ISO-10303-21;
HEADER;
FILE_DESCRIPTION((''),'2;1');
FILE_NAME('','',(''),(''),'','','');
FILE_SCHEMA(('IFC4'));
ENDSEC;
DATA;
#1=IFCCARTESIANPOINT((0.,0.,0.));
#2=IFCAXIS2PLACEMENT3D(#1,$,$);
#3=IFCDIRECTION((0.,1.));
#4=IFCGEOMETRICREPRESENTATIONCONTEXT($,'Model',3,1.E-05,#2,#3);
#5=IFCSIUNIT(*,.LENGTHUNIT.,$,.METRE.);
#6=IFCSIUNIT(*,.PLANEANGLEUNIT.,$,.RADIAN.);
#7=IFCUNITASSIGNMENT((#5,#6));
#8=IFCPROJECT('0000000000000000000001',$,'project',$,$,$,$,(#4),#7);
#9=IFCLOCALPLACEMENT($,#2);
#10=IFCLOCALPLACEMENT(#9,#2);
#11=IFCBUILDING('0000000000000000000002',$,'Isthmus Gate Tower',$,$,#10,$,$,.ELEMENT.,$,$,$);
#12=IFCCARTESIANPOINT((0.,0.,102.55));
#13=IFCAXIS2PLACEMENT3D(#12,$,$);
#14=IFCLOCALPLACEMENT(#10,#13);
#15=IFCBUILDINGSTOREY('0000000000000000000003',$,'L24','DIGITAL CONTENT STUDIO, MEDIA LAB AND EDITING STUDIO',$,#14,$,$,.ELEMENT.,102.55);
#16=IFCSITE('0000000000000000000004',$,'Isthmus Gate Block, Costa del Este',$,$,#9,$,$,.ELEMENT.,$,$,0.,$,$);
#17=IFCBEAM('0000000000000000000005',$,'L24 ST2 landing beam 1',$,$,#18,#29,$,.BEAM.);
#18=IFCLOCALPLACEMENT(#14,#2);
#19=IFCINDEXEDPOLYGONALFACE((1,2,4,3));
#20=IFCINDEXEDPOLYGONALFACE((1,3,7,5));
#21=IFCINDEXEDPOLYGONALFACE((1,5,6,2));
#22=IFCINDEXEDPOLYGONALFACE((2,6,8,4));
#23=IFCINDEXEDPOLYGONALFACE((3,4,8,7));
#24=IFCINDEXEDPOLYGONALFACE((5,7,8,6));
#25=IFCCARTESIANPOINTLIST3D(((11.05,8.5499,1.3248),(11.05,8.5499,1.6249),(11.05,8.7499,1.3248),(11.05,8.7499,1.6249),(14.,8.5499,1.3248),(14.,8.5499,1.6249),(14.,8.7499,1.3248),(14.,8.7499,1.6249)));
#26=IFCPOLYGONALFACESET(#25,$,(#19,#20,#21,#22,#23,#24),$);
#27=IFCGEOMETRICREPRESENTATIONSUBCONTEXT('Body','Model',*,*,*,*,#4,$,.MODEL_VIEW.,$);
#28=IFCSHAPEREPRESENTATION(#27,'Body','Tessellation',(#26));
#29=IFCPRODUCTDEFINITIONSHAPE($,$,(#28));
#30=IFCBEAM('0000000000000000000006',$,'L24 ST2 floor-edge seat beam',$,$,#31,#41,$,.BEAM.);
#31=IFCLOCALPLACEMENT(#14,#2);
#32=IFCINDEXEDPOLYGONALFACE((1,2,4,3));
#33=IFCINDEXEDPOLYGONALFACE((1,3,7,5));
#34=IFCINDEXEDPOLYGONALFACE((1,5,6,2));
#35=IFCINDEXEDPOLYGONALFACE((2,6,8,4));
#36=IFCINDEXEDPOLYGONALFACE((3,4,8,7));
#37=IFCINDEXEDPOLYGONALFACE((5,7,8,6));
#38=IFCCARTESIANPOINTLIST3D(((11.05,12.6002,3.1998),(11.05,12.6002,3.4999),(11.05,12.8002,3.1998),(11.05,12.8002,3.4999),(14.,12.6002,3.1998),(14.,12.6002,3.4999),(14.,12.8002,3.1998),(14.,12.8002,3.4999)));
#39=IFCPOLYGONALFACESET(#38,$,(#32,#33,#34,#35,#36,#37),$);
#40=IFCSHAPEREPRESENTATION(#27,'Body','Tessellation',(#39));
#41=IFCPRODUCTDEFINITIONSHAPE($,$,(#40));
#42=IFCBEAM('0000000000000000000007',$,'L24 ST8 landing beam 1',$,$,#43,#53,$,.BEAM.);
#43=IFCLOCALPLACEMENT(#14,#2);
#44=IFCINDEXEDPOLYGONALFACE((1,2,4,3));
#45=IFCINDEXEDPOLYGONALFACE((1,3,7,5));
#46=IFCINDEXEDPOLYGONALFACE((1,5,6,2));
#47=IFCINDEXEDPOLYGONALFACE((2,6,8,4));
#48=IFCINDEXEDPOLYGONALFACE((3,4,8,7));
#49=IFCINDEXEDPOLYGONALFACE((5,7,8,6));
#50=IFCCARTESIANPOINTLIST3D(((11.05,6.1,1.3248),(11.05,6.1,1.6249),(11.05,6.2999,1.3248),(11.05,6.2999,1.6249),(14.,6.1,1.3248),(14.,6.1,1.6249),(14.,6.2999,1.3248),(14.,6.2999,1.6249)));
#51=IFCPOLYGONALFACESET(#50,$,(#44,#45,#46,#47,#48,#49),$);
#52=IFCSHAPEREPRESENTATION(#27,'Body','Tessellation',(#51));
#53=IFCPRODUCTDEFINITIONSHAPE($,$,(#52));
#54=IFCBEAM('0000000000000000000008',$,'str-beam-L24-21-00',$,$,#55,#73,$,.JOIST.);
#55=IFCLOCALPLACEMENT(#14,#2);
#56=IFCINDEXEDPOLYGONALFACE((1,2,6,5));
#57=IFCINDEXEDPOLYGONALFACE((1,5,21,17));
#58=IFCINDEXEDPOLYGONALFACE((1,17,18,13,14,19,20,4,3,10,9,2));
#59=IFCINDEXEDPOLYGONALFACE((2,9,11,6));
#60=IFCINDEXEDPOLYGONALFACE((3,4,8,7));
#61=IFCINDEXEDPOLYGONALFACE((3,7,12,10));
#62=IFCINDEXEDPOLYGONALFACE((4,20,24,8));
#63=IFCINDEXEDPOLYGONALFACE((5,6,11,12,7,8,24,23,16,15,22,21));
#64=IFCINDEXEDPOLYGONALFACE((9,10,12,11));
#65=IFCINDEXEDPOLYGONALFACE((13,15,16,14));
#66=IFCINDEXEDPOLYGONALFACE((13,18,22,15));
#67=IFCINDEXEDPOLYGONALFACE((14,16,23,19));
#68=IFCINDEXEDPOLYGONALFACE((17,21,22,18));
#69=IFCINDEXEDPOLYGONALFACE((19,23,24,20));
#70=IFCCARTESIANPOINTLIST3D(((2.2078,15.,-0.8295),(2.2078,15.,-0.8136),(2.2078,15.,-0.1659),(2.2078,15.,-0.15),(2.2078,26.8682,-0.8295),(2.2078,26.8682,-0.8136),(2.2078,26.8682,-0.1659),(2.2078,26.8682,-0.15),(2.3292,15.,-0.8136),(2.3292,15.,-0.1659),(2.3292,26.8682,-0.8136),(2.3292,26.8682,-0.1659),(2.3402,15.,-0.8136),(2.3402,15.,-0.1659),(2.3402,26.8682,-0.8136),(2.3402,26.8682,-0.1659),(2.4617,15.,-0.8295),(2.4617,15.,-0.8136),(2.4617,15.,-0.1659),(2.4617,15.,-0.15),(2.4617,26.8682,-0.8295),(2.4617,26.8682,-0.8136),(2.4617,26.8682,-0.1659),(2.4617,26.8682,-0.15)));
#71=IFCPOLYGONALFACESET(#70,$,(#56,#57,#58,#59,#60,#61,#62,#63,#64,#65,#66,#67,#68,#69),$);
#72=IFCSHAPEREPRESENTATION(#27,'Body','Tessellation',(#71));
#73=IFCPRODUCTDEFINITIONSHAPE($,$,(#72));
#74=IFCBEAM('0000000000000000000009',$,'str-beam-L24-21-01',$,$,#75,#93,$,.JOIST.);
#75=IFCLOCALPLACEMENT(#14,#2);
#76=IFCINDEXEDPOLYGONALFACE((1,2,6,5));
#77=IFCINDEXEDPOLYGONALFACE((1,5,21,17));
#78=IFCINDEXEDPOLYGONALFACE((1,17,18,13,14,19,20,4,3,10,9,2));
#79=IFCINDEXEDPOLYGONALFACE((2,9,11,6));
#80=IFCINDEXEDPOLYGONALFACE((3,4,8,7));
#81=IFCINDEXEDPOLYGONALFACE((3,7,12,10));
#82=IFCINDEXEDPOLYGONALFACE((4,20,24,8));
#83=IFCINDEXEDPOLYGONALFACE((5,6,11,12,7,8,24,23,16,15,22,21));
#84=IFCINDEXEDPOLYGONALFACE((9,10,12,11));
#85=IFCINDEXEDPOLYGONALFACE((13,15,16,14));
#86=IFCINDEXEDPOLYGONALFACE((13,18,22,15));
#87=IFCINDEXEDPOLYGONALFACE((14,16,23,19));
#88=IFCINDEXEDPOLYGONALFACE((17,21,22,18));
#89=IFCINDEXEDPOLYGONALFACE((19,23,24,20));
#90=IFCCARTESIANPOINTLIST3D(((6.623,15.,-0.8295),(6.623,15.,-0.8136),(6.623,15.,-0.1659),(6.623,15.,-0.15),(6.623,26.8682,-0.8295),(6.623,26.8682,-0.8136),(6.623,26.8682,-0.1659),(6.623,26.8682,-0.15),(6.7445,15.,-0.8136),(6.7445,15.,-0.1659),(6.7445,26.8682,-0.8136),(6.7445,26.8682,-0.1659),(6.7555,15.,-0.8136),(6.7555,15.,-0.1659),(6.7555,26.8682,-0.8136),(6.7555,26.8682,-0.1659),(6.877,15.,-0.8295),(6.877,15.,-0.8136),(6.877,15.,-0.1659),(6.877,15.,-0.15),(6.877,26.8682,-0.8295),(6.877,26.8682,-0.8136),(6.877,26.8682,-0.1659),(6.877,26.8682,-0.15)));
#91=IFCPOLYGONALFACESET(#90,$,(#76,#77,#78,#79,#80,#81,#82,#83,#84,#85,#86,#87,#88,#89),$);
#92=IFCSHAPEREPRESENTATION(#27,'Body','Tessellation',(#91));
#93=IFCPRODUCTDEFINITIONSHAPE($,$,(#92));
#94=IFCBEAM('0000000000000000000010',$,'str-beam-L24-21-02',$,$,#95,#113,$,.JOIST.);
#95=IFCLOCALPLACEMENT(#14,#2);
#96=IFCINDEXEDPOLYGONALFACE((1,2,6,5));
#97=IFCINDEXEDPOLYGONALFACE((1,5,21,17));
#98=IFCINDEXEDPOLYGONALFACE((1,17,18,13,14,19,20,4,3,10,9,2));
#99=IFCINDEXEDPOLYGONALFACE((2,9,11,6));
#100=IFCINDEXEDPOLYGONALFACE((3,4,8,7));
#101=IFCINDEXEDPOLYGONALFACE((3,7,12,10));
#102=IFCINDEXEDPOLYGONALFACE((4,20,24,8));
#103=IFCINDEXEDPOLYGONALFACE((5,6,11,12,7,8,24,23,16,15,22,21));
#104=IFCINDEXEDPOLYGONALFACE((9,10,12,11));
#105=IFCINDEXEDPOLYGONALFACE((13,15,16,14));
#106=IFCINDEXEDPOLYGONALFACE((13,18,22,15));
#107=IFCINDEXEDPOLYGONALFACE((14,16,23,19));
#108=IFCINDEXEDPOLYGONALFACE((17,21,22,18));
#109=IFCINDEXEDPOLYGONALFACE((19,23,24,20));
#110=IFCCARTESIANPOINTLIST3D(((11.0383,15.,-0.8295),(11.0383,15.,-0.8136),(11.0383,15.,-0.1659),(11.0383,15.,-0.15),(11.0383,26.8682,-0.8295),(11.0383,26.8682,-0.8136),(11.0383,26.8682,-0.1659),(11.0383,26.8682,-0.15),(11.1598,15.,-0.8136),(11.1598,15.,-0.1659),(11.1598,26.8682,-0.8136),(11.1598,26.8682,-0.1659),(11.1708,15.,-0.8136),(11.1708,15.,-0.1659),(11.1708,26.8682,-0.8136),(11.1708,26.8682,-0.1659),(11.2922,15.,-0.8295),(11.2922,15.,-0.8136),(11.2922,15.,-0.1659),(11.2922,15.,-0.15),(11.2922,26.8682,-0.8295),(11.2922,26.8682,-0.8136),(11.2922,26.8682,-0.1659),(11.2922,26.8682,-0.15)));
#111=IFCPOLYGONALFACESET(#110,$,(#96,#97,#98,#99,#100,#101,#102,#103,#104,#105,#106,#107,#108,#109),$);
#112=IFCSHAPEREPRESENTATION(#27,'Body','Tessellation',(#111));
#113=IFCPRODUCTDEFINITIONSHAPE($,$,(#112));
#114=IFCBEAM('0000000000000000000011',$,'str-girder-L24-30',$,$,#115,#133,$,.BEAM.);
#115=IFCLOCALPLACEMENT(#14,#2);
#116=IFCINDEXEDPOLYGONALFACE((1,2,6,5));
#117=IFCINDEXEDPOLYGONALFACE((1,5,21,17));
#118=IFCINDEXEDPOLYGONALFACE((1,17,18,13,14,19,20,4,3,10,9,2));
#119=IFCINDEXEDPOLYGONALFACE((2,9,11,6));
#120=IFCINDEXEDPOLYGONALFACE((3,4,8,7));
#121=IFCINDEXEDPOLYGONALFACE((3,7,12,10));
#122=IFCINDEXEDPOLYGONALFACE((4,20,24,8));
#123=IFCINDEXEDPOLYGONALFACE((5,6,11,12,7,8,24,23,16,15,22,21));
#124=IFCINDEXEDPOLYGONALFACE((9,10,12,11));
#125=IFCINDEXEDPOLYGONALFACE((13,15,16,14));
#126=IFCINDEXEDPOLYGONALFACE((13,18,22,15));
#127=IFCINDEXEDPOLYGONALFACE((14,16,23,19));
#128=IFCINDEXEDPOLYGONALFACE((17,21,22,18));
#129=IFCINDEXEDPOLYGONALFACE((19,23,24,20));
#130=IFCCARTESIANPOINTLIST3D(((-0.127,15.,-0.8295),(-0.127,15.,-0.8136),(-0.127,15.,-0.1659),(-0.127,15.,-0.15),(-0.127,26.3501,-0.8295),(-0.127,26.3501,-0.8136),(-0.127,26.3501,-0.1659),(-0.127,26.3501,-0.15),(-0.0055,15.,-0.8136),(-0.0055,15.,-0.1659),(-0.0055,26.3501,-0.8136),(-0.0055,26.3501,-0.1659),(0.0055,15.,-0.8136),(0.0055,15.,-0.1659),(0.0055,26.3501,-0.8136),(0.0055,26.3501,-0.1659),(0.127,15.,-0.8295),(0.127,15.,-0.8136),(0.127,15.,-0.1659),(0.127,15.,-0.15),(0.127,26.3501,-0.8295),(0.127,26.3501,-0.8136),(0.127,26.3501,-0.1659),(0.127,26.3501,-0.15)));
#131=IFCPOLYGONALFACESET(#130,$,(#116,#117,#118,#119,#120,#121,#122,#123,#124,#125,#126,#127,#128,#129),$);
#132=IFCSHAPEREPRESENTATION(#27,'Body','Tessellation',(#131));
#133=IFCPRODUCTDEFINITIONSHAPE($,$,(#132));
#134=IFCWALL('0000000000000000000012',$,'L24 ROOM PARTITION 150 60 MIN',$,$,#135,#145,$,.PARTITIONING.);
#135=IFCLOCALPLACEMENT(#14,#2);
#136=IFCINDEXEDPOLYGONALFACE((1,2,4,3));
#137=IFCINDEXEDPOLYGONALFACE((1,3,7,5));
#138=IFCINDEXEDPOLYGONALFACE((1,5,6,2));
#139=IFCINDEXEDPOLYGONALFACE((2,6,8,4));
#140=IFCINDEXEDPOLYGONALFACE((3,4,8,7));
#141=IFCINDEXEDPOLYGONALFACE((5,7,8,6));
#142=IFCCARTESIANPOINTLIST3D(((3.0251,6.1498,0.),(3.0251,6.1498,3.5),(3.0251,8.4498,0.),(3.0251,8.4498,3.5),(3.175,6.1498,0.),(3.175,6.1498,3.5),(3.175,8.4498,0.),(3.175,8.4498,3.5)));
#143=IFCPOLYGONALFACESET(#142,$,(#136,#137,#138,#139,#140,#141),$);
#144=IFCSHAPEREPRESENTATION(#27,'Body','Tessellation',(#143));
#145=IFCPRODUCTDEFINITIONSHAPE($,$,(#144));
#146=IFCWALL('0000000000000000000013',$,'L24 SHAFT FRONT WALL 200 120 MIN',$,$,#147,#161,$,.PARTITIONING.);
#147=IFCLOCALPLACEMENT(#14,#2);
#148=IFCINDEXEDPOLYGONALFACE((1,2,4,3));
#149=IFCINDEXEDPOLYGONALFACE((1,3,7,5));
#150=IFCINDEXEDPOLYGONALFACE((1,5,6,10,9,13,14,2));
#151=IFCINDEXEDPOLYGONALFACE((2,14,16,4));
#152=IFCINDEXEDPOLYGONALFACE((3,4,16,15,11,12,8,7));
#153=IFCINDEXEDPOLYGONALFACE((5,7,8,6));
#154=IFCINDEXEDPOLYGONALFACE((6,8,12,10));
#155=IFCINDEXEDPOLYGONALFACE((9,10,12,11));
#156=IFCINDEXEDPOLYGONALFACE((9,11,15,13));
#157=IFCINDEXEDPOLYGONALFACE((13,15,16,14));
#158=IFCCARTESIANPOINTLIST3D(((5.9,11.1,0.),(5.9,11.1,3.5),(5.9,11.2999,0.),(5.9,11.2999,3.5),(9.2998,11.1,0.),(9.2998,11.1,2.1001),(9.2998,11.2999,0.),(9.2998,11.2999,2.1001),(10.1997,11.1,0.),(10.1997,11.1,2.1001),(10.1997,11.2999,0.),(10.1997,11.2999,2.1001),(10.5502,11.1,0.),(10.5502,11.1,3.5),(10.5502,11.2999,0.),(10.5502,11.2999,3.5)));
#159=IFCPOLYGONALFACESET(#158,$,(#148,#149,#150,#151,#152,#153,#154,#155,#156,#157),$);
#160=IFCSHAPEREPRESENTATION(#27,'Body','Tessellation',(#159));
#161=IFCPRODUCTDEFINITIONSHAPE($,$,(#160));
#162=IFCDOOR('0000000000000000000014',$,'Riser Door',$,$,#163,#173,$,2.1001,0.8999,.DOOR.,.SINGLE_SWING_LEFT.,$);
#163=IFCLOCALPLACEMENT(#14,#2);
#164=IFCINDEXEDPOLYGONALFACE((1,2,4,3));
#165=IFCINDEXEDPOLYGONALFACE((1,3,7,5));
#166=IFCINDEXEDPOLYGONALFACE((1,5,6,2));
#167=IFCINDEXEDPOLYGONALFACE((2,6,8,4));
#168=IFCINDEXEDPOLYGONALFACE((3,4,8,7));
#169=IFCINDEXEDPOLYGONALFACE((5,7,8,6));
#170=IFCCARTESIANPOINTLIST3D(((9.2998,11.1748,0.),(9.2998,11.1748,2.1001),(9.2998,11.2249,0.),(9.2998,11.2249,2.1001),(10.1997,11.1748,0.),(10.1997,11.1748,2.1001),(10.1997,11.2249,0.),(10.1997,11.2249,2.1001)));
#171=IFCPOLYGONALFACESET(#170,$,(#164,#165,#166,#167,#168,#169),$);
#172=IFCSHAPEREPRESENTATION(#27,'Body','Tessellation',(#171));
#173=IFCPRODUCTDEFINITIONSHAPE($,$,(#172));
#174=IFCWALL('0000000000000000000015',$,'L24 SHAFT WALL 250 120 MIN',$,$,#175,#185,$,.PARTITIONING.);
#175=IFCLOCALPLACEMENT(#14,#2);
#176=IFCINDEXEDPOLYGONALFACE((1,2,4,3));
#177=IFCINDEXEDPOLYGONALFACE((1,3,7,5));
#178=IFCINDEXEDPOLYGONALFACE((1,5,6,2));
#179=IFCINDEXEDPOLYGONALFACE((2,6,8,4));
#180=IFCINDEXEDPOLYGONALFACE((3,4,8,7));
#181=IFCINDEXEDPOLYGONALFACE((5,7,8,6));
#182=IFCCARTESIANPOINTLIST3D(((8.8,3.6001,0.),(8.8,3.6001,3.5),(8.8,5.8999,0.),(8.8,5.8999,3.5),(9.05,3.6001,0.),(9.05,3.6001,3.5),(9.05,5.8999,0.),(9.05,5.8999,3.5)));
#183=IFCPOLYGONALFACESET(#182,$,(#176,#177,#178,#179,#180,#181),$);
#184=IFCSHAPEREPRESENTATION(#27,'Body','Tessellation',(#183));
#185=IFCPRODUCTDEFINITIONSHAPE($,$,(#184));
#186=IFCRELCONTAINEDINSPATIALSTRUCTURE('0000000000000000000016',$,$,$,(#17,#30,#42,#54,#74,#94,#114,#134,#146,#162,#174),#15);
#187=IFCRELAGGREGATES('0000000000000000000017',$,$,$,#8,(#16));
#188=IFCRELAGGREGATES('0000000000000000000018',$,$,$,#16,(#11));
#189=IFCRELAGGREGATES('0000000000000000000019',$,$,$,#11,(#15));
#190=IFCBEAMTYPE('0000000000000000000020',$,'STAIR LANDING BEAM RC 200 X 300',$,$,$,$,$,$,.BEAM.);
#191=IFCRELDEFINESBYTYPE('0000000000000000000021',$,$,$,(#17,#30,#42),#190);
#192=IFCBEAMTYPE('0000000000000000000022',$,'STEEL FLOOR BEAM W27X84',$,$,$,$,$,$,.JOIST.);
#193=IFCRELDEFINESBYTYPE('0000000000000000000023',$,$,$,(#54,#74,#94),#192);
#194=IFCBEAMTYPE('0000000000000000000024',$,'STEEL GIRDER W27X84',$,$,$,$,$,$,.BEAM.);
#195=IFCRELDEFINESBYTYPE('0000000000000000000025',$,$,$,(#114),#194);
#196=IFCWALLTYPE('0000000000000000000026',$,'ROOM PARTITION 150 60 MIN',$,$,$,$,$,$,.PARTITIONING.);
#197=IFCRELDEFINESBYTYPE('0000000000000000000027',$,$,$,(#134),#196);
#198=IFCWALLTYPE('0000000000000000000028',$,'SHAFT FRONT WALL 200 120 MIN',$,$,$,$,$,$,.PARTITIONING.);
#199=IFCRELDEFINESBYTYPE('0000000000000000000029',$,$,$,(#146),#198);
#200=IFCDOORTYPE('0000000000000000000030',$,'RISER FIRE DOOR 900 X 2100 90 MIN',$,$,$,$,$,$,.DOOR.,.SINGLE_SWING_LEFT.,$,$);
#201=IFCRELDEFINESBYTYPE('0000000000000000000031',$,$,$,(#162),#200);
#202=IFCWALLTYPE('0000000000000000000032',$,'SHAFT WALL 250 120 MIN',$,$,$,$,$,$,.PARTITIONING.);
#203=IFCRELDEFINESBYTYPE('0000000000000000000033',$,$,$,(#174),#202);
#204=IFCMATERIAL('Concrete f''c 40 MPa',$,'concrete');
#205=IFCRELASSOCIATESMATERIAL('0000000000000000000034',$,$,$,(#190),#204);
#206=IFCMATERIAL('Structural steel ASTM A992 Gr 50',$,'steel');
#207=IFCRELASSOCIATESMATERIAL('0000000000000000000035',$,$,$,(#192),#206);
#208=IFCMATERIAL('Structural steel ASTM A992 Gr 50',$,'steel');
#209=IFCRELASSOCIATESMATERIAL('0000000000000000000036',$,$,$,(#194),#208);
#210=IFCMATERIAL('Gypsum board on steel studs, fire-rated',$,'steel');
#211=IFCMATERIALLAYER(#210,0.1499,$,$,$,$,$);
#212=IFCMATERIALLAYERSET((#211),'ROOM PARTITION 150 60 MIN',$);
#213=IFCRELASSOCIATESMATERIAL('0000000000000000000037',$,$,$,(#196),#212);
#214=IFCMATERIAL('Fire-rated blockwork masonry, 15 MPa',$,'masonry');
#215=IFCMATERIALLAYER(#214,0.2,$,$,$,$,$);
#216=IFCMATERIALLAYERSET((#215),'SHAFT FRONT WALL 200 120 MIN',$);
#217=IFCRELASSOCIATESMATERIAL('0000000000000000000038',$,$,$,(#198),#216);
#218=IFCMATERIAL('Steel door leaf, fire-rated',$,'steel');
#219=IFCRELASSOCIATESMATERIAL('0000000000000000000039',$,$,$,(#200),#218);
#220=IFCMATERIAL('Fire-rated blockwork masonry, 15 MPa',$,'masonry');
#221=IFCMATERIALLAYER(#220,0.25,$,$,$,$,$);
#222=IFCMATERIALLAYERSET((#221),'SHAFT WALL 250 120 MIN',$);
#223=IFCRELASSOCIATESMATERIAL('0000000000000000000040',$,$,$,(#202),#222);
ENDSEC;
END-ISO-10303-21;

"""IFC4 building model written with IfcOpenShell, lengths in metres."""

from ifc_helpers import new_model, si_unit, direction, frame, frame_2d, origin, origin_2d, place, context, subcontext, project, spatial, rectangle, i_section, extrude, material, layer, layer_set, material_profile, profile_set, type_object, element, fill, save


model = new_model("IFC4")

# Units and contexts
model_context = context("Model", 3, precision=1e-05, world=origin(), true_north=direction((0.0, 1.0)))
body_context = subcontext(model_context, "Body", "Model", "MODEL_VIEW")
ifc_project = project(units=[si_unit("LENGTHUNIT", "METRE"), si_unit("PLANEANGLEUNIT", "RADIAN")], contexts=[model_context])

# Site, building, storey
site_placement = place(None, origin())
site = spatial("IfcSite", under=ifc_project, at=site_placement, Name="Isthmus Gate Block, Costa del Este", CompositionType="ELEMENT", RefElevation=0.0)
building_placement = place(site_placement, origin())
building = spatial("IfcBuilding", under=site, at=building_placement, Name="Isthmus Gate Tower", CompositionType="ELEMENT")
storey_placement = place(building_placement, frame((0.0, 0.0, 102.55)))
storey = spatial("IfcBuildingStorey", under=building, at=storey_placement, Name="L24", Description="DIGITAL CONTENT STUDIO, MEDIA LAB AND EDITING STUDIO", CompositionType="ELEMENT", Elevation=102.55)

# Beams
ifc_material_1 = material(Name="Concrete f'c 40 MPa", Category="concrete")
ifc_material_profile_1 = material_profile(ifc_material_1, rectangle(XDim=0.2, YDim=0.3, at=origin_2d()), Name="STAIR LANDING BEAM RC 200 X 300")
ifc_profile_set_1 = profile_set([ifc_material_profile_1], Name="Concrete f'c 40 MPa")
beam_type_1 = type_object("IfcBeamType", Name="STAIR LANDING BEAM RC 200 X 300", PredefinedType="BEAM", material=ifc_profile_set_1)
for number, where, z_axis, x_axis, name in (
    (1, (11.05, 8.6499, 1.4749), (1.0, 0.0, 0.0), (0.0, 1.0, 0.0), "L24 ST2 landing beam 1"),
    (2, (11.05, 12.7002, 3.3499), (1.0, 0.0, 0.0), (0.0, 1.0, 0.0), "L24 ST2 floor-edge seat beam"),
    (3, (11.05, 6.2, 1.4749), (1.0, 0.0, 0.0), (0.0, 1.0, 0.0), "L24 ST8 landing beam 1"),
):
    element("IfcBeam", number, at=place(storey_placement, frame(where, z_axis=z_axis, x_axis=x_axis)), inside=storey, type_object=beam_type_1, Name=name, PredefinedType="BEAM", context=body_context, shape_type="SweptSolid", body=[
        extrude(rectangle(XDim=0.2, YDim=0.3, at=origin_2d()), origin(), (0.0, 0.0, 1.0), 2.95),
    ])
ifc_material_2 = material(Name="Structural steel ASTM A992 Gr 50", Category="steel")
ifc_material_profile_2 = material_profile(ifc_material_2, i_section(OverallWidth=0.2539, OverallDepth=0.6794, WebThickness=0.011, FlangeThickness=0.0159, at=origin_2d()), Name="W27X84")
ifc_profile_set_2 = profile_set([ifc_material_profile_2], Name="Structural steel ASTM A992 Gr 50")
beam_type_2 = type_object("IfcBeamType", Name="STEEL FLOOR BEAM W27X84", PredefinedType="JOIST", material=ifc_profile_set_2)
for number, where, z_axis, x_axis, name in (
    (4, (2.3347, 15.0, -0.4897), (0.0, 1.0, 0.0), (-1.0, 0.0, 0.0), "str-beam-L24-21-00"),
    (5, (6.75, 15.0, -0.4897), (0.0, 1.0, 0.0), (-1.0, 0.0, 0.0), "str-beam-L24-21-01"),
    (6, (11.1653, 15.0, -0.4897), (0.0, 1.0, 0.0), (-1.0, 0.0, 0.0), "str-beam-L24-21-02"),
):
    element("IfcBeam", number, at=place(storey_placement, frame(where, z_axis=z_axis, x_axis=x_axis)), inside=storey, type_object=beam_type_2, Name=name, PredefinedType="JOIST", context=body_context, shape_type="SweptSolid", body=[
        extrude(i_section(OverallWidth=0.2539, OverallDepth=0.6794, WebThickness=0.011, FlangeThickness=0.0159, at=origin_2d()), origin(), (0.0, 0.0, 1.0), 11.8682),
    ])
ifc_material_3 = material(Name="Structural steel ASTM A992 Gr 50", Category="steel")
ifc_material_profile_3 = material_profile(ifc_material_3, i_section(OverallWidth=0.2539, OverallDepth=0.6794, WebThickness=0.011, FlangeThickness=0.0159, at=origin_2d()), Name="W27X84")
ifc_profile_set_3 = profile_set([ifc_material_profile_3], Name="Structural steel ASTM A992 Gr 50")
beam_type_3 = type_object("IfcBeamType", Name="STEEL GIRDER W27X84", PredefinedType="BEAM", material=ifc_profile_set_3)
beam_placement = place(storey_placement, frame((0.0, 15.0, -0.4897), z_axis=(0.0, 1.0, 0.0), x_axis=(-1.0, 0.0, 0.0)))
element("IfcBeam", 7, at=beam_placement, inside=storey, type_object=beam_type_3, Name="str-girder-L24-30", PredefinedType="BEAM", context=body_context, shape_type="SweptSolid", body=[
    extrude(i_section(OverallWidth=0.2539, OverallDepth=0.6794, WebThickness=0.011, FlangeThickness=0.0159, at=origin_2d()), origin(), (0.0, 0.0, 1.0), 11.3501),
])

# Wall
ifc_material_4 = material(Name="Gypsum board on steel studs, fire-rated", Category="steel")
ifc_layer_1 = layer(ifc_material_4, 0.1499)
ifc_layer_set_1 = layer_set([ifc_layer_1], Name="ROOM PARTITION 150 60 MIN")
wall_type_1 = type_object("IfcWallType", Name="ROOM PARTITION 150 60 MIN", PredefinedType="PARTITIONING", material=ifc_layer_set_1)
wall_1_placement = place(storey_placement, frame((3.1001, 6.1499, 0.0), z_axis=(0.0, 0.0, 1.0), x_axis=(0.0, 1.0, 0.0)))
element("IfcWall", 8, at=wall_1_placement, inside=storey, type_object=wall_type_1, Name="L24 ROOM PARTITION 150 60 MIN", PredefinedType="PARTITIONING", context=body_context, shape_type="SweptSolid", body=[
    extrude(rectangle(XDim=2.3, YDim=0.1499, at=frame_2d((1.1499, 0.0))), origin(), (0.0, 0.0, 1.0), 3.5),
])

# Wall, opening, door
ifc_material_5 = material(Name="Fire-rated blockwork masonry, 15 MPa", Category="masonry")
ifc_layer_2 = layer(ifc_material_5, 0.2)
ifc_layer_set_2 = layer_set([ifc_layer_2], Name="SHAFT FRONT WALL 200 120 MIN")
wall_type_2 = type_object("IfcWallType", Name="SHAFT FRONT WALL 200 120 MIN", PredefinedType="PARTITIONING", material=ifc_layer_set_2)
wall_2_placement = place(storey_placement, frame((5.8999, 11.2, 0.0), z_axis=(0.0, 0.0, 1.0), x_axis=(1.0, 0.0, 0.0)))
wall_2 = element("IfcWall", 9, at=wall_2_placement, inside=storey, type_object=wall_type_2, Name="L24 SHAFT FRONT WALL 200 120 MIN", PredefinedType="PARTITIONING", context=body_context, shape_type="SweptSolid", body=[
    extrude(rectangle(XDim=4.6501, YDim=0.2, at=frame_2d((2.3252, 0.0))), origin(), (0.0, 0.0, 1.0), 3.5),
])
opening_placement = place(wall_2_placement, frame((3.3999, 0.0, 0.0)))
opening = element("IfcOpeningElement", 10, at=opening_placement, cuts=wall_2, PredefinedType="OPENING", context=body_context, shape_type="SweptSolid", body=[
    extrude(rectangle(XDim=0.8999, YDim=2.1001, at=frame_2d((0.45, 1.05))), frame((0.0, 0.1099, 0.0), z_axis=(0.0, -1.0, 0.0), x_axis=(1.0, 0.0, 0.0)), (0.0, 0.0, 1.0), 0.22),
])
ifc_material_6 = material(Name="Steel door leaf, fire-rated", Category="steel")
door_type = type_object("IfcDoorType", Name="RISER FIRE DOOR 900 X 2100 90 MIN", OperationType="SINGLE_SWING_LEFT", PredefinedType="DOOR", material=ifc_material_6)
door_placement = place(opening_placement, origin())
door = element("IfcDoor", 11, at=door_placement, inside=storey, type_object=door_type, Name="Riser Door", OperationType="SINGLE_SWING_LEFT", OverallHeight=2.1001, OverallWidth=0.8999, PredefinedType="DOOR", context=body_context, shape_type="SweptSolid", body=[
    extrude(rectangle(XDim=0.8999, YDim=2.1001, at=frame_2d((0.45, 1.05))), frame((0.0, 0.0249, 0.0), z_axis=(0.0, -1.0, 0.0), x_axis=(1.0, 0.0, 0.0)), (0.0, 0.0, 1.0), 0.05),
])
fill(opening, door)

# Wall
ifc_material_7 = material(Name="Fire-rated blockwork masonry, 15 MPa", Category="masonry")
ifc_layer_3 = layer(ifc_material_7, 0.25)
ifc_layer_set_3 = layer_set([ifc_layer_3], Name="SHAFT WALL 250 120 MIN")
wall_type_3 = type_object("IfcWallType", Name="SHAFT WALL 250 120 MIN", PredefinedType="PARTITIONING", material=ifc_layer_set_3)
wall_3_placement = place(storey_placement, frame((8.925, 3.6001, 0.0), z_axis=(0.0, 0.0, 1.0), x_axis=(0.0, 1.0, 0.0)))
element("IfcWall", 12, at=wall_3_placement, inside=storey, type_object=wall_type_3, Name="L24 SHAFT WALL 250 120 MIN", PredefinedType="PARTITIONING", context=body_context, shape_type="SweptSolid", body=[
    extrude(rectangle(XDim=2.2998, YDim=0.25, at=frame_2d((1.1499, 0.0))), origin(), (0.0, 0.0, 1.0), 3.5),
])

save(model, "model.ifc")
